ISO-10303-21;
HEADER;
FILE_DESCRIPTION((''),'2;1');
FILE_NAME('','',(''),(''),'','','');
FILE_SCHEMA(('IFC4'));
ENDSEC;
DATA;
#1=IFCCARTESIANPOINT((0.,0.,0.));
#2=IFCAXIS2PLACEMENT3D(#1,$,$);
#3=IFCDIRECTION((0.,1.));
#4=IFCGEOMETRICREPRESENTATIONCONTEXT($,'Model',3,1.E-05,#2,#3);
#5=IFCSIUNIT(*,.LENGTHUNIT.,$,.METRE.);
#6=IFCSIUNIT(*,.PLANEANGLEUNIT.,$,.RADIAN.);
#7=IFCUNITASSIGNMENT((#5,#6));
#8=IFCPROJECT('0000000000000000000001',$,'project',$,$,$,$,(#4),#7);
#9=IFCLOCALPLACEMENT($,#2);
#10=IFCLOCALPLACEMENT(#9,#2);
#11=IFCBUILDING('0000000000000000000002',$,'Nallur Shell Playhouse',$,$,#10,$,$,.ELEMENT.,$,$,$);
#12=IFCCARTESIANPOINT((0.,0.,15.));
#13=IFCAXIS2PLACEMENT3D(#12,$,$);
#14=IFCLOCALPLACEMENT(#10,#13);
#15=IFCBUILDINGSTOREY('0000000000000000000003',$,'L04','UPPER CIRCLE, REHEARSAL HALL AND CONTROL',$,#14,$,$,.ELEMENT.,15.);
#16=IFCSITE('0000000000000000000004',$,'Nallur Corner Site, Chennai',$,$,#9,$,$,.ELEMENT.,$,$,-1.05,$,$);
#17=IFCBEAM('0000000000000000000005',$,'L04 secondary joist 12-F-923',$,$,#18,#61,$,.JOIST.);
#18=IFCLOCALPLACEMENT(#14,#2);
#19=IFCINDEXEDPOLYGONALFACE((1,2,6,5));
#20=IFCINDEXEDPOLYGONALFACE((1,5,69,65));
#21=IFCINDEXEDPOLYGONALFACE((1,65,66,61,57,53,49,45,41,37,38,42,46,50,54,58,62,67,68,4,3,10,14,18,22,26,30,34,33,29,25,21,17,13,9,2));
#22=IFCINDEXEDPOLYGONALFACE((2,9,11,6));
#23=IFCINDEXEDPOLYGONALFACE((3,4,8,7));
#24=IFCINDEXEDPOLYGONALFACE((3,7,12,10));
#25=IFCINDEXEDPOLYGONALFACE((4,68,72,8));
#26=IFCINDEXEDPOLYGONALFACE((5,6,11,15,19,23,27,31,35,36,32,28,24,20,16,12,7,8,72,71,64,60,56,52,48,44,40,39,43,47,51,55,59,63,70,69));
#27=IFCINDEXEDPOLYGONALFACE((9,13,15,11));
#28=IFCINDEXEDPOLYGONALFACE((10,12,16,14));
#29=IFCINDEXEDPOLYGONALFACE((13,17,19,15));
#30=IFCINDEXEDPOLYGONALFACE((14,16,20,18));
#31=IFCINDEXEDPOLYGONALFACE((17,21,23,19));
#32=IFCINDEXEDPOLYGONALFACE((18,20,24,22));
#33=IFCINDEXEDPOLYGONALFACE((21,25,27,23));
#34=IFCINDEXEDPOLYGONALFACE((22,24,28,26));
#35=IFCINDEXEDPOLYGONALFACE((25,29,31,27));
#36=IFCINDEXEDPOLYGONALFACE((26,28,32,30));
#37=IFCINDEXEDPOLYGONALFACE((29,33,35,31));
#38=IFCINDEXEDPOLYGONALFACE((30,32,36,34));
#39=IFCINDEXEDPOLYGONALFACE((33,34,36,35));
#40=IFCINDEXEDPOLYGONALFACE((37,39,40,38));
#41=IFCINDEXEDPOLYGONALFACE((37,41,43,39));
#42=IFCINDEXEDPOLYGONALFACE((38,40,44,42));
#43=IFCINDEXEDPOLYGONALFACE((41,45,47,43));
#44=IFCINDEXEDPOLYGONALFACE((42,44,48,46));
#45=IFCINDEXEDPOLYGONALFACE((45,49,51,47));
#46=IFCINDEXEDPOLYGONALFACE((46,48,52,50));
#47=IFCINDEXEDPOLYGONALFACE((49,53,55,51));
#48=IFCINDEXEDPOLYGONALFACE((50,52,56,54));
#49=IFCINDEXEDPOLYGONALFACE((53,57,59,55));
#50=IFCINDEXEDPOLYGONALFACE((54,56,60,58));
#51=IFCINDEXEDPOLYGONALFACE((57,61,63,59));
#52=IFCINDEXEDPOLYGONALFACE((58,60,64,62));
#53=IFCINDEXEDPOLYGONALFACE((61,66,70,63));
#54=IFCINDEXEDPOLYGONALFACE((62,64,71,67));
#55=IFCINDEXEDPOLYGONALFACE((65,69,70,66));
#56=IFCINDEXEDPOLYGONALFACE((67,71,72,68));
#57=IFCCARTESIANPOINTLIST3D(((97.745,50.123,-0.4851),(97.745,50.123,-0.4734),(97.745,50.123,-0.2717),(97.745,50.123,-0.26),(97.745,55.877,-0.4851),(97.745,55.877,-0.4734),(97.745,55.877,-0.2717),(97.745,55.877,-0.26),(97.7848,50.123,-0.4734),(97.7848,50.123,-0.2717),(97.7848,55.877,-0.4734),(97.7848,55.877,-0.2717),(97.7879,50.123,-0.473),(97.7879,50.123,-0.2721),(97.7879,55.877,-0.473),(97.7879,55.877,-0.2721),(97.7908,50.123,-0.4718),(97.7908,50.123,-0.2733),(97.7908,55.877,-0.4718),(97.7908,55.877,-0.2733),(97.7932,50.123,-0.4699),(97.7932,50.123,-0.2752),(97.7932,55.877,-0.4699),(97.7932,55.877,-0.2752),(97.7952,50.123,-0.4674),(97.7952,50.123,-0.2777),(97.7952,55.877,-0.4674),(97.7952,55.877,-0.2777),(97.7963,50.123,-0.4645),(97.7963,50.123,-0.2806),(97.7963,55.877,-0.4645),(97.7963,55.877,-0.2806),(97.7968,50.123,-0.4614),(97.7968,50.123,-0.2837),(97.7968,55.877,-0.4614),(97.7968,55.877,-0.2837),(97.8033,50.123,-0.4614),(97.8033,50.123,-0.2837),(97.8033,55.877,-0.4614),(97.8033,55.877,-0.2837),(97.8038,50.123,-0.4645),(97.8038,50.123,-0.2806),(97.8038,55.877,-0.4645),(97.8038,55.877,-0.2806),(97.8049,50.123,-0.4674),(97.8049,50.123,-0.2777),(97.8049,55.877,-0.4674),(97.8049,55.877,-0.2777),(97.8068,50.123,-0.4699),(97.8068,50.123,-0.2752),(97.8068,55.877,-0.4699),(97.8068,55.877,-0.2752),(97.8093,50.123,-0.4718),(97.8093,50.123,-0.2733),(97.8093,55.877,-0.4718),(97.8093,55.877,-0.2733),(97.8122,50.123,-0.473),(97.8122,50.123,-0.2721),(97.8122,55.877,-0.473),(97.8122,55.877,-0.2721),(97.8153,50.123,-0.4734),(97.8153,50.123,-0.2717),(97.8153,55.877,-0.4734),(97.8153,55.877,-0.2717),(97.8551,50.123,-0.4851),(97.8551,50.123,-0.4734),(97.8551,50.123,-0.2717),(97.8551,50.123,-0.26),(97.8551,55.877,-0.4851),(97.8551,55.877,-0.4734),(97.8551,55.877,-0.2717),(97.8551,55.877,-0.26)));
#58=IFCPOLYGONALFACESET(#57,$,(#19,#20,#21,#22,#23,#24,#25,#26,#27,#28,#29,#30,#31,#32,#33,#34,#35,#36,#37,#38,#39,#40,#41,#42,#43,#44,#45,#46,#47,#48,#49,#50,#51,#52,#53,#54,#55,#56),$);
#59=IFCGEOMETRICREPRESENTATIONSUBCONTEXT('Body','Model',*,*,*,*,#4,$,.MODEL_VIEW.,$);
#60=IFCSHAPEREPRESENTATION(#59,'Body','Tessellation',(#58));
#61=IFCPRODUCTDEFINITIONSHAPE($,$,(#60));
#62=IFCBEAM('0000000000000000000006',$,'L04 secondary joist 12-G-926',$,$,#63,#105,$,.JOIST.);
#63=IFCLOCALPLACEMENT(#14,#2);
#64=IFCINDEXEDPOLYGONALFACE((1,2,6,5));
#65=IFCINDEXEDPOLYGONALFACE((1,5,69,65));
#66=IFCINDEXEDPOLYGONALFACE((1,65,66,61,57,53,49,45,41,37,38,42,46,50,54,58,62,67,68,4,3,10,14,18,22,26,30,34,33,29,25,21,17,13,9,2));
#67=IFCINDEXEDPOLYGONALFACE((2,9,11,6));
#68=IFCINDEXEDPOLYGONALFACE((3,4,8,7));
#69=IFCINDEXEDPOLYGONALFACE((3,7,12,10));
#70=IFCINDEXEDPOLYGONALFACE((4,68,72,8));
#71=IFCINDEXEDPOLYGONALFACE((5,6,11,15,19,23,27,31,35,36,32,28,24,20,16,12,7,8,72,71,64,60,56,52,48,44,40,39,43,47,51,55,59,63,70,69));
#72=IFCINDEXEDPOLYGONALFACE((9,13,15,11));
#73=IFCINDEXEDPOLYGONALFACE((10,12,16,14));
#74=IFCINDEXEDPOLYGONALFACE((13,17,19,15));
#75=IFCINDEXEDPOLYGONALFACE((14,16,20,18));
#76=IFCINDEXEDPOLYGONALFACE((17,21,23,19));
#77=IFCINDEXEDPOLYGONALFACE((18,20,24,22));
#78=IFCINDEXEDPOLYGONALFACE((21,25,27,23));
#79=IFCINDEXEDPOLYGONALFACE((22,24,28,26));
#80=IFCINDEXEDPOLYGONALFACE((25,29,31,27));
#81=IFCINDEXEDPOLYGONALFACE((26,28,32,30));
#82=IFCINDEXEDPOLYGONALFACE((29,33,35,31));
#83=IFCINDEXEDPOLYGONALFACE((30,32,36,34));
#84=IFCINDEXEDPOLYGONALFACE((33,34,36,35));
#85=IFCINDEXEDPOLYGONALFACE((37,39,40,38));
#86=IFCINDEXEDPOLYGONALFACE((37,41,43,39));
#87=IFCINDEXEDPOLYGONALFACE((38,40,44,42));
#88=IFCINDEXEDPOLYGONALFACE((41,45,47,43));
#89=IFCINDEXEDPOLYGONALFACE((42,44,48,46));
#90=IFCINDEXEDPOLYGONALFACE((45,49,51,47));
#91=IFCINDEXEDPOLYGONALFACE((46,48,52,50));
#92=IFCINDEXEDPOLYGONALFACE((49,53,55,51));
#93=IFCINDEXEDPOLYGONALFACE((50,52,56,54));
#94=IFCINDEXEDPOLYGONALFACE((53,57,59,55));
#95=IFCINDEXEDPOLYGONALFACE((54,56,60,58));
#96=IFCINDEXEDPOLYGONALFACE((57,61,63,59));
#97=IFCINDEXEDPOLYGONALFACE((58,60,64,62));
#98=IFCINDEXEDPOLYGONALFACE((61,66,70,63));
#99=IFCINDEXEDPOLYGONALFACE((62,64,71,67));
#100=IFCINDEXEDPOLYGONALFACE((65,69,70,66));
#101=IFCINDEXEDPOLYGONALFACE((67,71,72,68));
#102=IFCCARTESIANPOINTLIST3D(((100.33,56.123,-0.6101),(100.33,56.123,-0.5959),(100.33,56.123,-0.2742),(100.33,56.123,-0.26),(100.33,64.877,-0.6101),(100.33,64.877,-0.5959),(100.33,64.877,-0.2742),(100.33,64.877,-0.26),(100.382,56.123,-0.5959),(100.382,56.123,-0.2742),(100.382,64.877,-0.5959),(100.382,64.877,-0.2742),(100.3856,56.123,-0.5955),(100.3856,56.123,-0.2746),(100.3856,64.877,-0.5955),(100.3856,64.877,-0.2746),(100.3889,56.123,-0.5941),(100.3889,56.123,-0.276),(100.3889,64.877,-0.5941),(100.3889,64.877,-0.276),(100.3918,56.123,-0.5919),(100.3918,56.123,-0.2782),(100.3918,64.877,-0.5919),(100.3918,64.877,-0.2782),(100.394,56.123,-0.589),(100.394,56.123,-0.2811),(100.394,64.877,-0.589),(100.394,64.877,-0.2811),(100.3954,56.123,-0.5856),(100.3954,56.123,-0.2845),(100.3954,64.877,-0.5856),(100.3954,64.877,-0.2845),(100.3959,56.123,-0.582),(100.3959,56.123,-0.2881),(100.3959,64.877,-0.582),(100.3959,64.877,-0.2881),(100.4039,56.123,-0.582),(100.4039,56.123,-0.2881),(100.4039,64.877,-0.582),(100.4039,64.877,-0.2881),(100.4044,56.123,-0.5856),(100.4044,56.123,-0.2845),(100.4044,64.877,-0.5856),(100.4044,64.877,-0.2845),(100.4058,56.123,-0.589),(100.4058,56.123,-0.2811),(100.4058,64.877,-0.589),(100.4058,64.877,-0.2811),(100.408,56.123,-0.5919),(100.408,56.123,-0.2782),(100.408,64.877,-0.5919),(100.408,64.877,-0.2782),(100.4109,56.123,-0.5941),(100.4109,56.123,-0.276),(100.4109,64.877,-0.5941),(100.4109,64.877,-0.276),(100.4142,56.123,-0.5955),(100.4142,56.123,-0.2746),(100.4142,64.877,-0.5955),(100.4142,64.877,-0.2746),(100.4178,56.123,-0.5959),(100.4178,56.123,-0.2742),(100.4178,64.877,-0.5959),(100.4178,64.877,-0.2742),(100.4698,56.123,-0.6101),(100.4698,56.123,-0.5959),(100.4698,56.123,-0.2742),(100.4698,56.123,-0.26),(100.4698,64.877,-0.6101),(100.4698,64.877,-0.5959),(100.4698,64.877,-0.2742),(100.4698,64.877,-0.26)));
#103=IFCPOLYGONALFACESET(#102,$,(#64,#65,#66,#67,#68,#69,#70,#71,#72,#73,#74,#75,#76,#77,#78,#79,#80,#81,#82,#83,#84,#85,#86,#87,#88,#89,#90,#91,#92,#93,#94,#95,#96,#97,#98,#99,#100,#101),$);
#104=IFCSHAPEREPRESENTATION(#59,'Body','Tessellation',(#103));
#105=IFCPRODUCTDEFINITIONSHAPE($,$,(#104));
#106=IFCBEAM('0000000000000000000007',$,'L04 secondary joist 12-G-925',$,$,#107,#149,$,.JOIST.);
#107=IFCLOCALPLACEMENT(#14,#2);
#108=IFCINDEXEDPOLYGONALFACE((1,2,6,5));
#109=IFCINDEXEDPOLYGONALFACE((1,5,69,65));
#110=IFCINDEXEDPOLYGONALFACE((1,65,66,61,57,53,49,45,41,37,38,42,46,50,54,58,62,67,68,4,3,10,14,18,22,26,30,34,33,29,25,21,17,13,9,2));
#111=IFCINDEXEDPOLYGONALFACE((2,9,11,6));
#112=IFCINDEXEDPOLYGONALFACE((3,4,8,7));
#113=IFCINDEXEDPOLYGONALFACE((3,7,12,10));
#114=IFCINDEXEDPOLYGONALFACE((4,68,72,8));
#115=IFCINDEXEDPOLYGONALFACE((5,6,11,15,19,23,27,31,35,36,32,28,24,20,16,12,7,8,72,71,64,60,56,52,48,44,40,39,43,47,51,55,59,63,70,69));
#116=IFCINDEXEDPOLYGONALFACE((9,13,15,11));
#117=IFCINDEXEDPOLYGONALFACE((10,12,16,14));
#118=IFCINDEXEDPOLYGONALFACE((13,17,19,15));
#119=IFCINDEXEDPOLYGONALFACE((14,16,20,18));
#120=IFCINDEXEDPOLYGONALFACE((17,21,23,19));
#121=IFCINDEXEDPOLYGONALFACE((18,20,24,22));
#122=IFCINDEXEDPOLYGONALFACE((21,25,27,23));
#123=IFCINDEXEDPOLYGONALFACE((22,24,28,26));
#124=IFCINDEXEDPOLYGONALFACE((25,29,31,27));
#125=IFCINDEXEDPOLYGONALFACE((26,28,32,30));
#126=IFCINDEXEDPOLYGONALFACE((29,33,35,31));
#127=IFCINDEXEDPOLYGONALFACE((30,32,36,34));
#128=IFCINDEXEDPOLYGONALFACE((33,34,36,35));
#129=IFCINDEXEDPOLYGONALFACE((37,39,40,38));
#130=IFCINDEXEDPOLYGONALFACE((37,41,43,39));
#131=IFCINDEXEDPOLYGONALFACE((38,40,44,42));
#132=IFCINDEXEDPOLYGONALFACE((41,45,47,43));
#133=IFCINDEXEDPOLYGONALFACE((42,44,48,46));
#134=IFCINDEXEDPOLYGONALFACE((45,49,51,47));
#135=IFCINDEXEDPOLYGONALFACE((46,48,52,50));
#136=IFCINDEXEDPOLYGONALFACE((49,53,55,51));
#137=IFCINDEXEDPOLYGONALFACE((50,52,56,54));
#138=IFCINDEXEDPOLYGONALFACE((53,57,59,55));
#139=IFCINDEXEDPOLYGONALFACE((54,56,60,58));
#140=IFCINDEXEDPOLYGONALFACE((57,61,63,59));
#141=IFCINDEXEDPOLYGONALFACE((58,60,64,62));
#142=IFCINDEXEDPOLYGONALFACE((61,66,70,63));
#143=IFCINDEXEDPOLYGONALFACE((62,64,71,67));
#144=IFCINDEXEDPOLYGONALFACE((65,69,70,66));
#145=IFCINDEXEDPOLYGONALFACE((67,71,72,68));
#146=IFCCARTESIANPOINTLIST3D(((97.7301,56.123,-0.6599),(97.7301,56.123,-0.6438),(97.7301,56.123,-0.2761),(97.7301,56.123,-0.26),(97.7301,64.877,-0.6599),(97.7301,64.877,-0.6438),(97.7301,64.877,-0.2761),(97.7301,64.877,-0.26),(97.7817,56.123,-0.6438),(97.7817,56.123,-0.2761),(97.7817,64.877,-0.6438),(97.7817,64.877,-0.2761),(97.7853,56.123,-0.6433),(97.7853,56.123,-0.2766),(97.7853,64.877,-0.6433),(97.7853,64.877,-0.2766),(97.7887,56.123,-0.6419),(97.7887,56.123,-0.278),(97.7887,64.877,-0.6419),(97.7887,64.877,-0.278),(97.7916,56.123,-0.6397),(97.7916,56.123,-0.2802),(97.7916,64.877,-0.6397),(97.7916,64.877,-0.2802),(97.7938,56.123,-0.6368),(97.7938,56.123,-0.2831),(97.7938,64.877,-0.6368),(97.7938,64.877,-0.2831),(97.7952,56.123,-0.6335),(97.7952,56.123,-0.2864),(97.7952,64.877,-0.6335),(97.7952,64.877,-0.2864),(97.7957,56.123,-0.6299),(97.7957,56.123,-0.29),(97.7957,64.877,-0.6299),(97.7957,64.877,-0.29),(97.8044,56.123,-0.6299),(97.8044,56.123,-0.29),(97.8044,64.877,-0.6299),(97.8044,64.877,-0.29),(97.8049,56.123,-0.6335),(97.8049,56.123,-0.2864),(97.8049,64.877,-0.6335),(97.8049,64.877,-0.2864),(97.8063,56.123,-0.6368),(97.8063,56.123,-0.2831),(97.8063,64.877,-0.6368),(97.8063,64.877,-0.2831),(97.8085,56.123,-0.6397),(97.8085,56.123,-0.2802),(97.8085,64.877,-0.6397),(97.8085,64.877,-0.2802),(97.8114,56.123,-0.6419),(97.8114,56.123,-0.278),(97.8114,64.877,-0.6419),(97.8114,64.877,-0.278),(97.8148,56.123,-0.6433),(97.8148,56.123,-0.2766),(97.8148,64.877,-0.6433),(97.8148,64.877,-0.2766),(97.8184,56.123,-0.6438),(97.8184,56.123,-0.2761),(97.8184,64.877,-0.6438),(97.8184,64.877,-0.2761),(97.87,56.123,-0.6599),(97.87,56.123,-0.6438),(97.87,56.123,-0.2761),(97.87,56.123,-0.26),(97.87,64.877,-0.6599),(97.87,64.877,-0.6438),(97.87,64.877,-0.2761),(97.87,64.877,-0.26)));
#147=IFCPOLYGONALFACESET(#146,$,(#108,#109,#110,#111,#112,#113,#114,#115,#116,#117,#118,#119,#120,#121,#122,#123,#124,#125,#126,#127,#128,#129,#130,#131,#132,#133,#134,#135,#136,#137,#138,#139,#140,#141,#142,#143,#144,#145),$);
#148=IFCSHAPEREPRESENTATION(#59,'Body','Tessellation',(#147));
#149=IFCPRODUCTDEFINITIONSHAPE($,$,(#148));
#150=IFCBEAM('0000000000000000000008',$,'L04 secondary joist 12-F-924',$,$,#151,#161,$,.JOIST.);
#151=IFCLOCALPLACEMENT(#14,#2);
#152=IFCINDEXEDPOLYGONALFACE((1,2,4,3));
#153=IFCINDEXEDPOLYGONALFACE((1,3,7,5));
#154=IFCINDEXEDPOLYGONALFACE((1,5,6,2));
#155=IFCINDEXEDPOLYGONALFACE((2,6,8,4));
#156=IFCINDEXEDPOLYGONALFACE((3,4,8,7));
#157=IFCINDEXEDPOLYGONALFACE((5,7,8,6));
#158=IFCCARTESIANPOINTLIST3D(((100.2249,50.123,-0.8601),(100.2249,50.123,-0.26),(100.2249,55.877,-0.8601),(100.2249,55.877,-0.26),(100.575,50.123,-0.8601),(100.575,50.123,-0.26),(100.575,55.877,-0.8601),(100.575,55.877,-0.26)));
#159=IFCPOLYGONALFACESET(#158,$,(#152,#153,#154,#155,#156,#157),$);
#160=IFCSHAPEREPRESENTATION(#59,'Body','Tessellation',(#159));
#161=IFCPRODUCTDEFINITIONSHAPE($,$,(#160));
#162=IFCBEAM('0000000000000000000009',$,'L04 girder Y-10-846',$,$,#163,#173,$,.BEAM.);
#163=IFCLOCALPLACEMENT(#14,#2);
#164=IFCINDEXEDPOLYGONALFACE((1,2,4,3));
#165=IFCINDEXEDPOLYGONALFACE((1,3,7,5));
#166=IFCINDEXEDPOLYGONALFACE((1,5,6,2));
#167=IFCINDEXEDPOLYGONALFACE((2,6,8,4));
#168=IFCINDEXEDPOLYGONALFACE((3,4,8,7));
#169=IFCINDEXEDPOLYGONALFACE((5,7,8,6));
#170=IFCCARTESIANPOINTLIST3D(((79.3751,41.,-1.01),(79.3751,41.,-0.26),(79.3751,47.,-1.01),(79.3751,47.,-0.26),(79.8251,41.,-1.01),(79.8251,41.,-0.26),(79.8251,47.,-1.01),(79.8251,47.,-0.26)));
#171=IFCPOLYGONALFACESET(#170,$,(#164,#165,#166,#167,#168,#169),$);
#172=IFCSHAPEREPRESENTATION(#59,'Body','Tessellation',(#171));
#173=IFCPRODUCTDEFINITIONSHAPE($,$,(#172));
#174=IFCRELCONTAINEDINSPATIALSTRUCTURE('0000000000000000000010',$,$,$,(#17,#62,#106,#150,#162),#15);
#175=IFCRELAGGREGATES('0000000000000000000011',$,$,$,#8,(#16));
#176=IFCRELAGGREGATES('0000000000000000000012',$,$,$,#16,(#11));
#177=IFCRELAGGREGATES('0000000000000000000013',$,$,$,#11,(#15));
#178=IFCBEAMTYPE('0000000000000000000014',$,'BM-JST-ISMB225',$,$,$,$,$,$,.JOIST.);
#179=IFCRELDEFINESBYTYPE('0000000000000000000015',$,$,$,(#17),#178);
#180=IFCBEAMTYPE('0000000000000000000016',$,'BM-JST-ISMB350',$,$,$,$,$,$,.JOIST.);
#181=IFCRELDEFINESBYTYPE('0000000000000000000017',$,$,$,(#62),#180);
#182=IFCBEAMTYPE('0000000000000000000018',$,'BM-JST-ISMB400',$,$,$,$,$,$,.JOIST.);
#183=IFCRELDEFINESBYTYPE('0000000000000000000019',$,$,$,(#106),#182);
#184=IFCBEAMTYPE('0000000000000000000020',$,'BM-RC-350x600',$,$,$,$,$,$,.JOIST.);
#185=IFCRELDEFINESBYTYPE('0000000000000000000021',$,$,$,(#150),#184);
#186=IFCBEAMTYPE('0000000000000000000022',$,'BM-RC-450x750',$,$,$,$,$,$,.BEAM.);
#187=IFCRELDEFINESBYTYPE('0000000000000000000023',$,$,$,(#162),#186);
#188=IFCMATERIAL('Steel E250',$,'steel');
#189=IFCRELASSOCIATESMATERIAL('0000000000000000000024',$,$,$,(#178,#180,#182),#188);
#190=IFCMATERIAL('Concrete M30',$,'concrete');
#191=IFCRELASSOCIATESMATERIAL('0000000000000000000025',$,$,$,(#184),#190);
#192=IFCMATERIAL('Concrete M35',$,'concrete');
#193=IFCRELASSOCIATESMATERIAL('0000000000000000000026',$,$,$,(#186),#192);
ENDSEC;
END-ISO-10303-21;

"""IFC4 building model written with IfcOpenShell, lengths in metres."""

from ifc_helpers import new_model, si_unit, direction, frame, origin, origin_2d, place, context, subcontext, project, spatial, rectangle, i_section, extrude, material, material_profile, profile_set, type_object, element, save


model = new_model("IFC4")

# Units and contexts
model_context = context("Model", 3, precision=1e-05, world=origin(), true_north=direction((0.0, 1.0)))
body_context = subcontext(model_context, "Body", "Model", "MODEL_VIEW")
ifc_project = project(units=[si_unit("LENGTHUNIT", "METRE"), si_unit("PLANEANGLEUNIT", "RADIAN")], contexts=[model_context])

# Site, building, storey
site_placement = place(None, origin())
site = spatial("IfcSite", under=ifc_project, at=site_placement, Name="Nallur Corner Site, Chennai", CompositionType="ELEMENT", RefElevation=-1.05)
building_placement = place(site_placement, origin())
building = spatial("IfcBuilding", under=site, at=building_placement, Name="Nallur Shell Playhouse", CompositionType="ELEMENT")
storey_placement = place(building_placement, frame((0.0, 0.0, 15.0)))
storey = spatial("IfcBuildingStorey", under=building, at=storey_placement, Name="L04", Description="UPPER CIRCLE, REHEARSAL HALL AND CONTROL", CompositionType="ELEMENT", Elevation=15.0)

# Beams
ifc_material_1 = material(Name="Steel E250", Category="steel")
ifc_material_profile_1 = material_profile(ifc_material_1, i_section(OverallWidth=0.1101, OverallDepth=0.2251, WebThickness=0.0066, FlangeThickness=0.0117, FilletRadius=0.012, at=origin_2d()), Name="ISMB 225")
ifc_profile_set_1 = profile_set([ifc_material_profile_1], Name="Steel E250")
beam_type_1 = type_object("IfcBeamType", Name="BM-JST-ISMB225", PredefinedType="JOIST", material=ifc_profile_set_1)
beam_1_placement = place(storey_placement, frame((97.8, 50.123, -0.3726), z_axis=(0.0, 1.0, 0.0), x_axis=(-1.0, 0.0, 0.0)))
element("IfcBeam", 1, at=beam_1_placement, inside=storey, type_object=beam_type_1, Name="L04 secondary joist 12-F-923", PredefinedType="JOIST", context=body_context, shape_type="SweptSolid", body=[
    extrude(i_section(OverallWidth=0.1101, OverallDepth=0.2251, WebThickness=0.0066, FlangeThickness=0.0117, FilletRadius=0.012, at=origin_2d()), origin(), (0.0, 0.0, 1.0), 5.7539),
])
ifc_material_profile_2 = material_profile(ifc_material_1, i_section(OverallWidth=0.1399, OverallDepth=0.3501, WebThickness=0.0081, FlangeThickness=0.0142, FilletRadius=0.0139, at=origin_2d()), Name="ISMB 350")
ifc_profile_set_2 = profile_set([ifc_material_profile_2], Name="Steel E250")
beam_type_2 = type_object("IfcBeamType", Name="BM-JST-ISMB350", PredefinedType="JOIST", material=ifc_profile_set_2)
beam_2_placement = place(storey_placement, frame((100.3999, 56.123, -0.4351), z_axis=(0.0, 1.0, 0.0), x_axis=(-1.0, 0.0, 0.0)))
element("IfcBeam", 2, at=beam_2_placement, inside=storey, type_object=beam_type_2, Name="L04 secondary joist 12-G-926", PredefinedType="JOIST", context=body_context, shape_type="SweptSolid", body=[
    extrude(i_section(OverallWidth=0.1399, OverallDepth=0.3501, WebThickness=0.0081, FlangeThickness=0.0142, FilletRadius=0.0139, at=origin_2d()), origin(), (0.0, 0.0, 1.0), 8.7539),
])
ifc_material_profile_3 = material_profile(ifc_material_1, i_section(OverallWidth=0.1399, OverallDepth=0.3999, WebThickness=0.0088, FlangeThickness=0.0161, FilletRadius=0.0139, at=origin_2d()), Name="ISMB 400")
ifc_profile_set_3 = profile_set([ifc_material_profile_3], Name="Steel E250")
beam_type_3 = type_object("IfcBeamType", Name="BM-JST-ISMB400", PredefinedType="JOIST", material=ifc_profile_set_3)
beam_3_placement = place(storey_placement, frame((97.8, 56.123, -0.46), z_axis=(0.0, 1.0, 0.0), x_axis=(-1.0, 0.0, 0.0)))
element("IfcBeam", 3, at=beam_3_placement, inside=storey, type_object=beam_type_3, Name="L04 secondary joist 12-G-925", PredefinedType="JOIST", context=body_context, shape_type="SweptSolid", body=[
    extrude(i_section(OverallWidth=0.1399, OverallDepth=0.3999, WebThickness=0.0088, FlangeThickness=0.0161, FilletRadius=0.0139, at=origin_2d()), origin(), (0.0, 0.0, 1.0), 8.7539),
])
ifc_material_2 = material(Name="Concrete M30", Category="concrete")
ifc_material_profile_4 = material_profile(ifc_material_2, rectangle(XDim=0.3501, YDim=0.6001, at=origin_2d()), Name="RC 350x600")
ifc_profile_set_4 = profile_set([ifc_material_profile_4], Name="Concrete M30")
beam_type_4 = type_object("IfcBeamType", Name="BM-RC-350x600", PredefinedType="JOIST", material=ifc_profile_set_4)
beam_4_placement = place(storey_placement, frame((100.3999, 50.123, -0.5601), z_axis=(0.0, 1.0, 0.0), x_axis=(-1.0, 0.0, 0.0)))
element("IfcBeam", 4, at=beam_4_placement, inside=storey, type_object=beam_type_4, Name="L04 secondary joist 12-F-924", PredefinedType="JOIST", context=body_context, shape_type="SweptSolid", body=[
    extrude(rectangle(XDim=0.3501, YDim=0.6001, at=origin_2d()), origin(), (0.0, 0.0, 1.0), 5.7539),
])
ifc_material_3 = material(Name="Concrete M35", Category="concrete")
ifc_material_profile_5 = material_profile(ifc_material_3, rectangle(XDim=0.45, YDim=0.75, at=origin_2d()), Name="RC 450x750")
ifc_profile_set_5 = profile_set([ifc_material_profile_5], Name="Concrete M35")
beam_type_5 = type_object("IfcBeamType", Name="BM-RC-450x750", PredefinedType="BEAM", material=ifc_profile_set_5)
beam_5_placement = place(storey_placement, frame((79.6001, 41.0, -0.635), z_axis=(0.0, 1.0, 0.0), x_axis=(-1.0, 0.0, 0.0)))
element("IfcBeam", 5, at=beam_5_placement, inside=storey, type_object=beam_type_5, Name="L04 girder Y-10-846", PredefinedType="BEAM", context=body_context, shape_type="SweptSolid", body=[
    extrude(rectangle(XDim=0.45, YDim=0.75, at=origin_2d()), origin(), (0.0, 0.0, 1.0), 6.0),
])

save(model, "model.ifc")
